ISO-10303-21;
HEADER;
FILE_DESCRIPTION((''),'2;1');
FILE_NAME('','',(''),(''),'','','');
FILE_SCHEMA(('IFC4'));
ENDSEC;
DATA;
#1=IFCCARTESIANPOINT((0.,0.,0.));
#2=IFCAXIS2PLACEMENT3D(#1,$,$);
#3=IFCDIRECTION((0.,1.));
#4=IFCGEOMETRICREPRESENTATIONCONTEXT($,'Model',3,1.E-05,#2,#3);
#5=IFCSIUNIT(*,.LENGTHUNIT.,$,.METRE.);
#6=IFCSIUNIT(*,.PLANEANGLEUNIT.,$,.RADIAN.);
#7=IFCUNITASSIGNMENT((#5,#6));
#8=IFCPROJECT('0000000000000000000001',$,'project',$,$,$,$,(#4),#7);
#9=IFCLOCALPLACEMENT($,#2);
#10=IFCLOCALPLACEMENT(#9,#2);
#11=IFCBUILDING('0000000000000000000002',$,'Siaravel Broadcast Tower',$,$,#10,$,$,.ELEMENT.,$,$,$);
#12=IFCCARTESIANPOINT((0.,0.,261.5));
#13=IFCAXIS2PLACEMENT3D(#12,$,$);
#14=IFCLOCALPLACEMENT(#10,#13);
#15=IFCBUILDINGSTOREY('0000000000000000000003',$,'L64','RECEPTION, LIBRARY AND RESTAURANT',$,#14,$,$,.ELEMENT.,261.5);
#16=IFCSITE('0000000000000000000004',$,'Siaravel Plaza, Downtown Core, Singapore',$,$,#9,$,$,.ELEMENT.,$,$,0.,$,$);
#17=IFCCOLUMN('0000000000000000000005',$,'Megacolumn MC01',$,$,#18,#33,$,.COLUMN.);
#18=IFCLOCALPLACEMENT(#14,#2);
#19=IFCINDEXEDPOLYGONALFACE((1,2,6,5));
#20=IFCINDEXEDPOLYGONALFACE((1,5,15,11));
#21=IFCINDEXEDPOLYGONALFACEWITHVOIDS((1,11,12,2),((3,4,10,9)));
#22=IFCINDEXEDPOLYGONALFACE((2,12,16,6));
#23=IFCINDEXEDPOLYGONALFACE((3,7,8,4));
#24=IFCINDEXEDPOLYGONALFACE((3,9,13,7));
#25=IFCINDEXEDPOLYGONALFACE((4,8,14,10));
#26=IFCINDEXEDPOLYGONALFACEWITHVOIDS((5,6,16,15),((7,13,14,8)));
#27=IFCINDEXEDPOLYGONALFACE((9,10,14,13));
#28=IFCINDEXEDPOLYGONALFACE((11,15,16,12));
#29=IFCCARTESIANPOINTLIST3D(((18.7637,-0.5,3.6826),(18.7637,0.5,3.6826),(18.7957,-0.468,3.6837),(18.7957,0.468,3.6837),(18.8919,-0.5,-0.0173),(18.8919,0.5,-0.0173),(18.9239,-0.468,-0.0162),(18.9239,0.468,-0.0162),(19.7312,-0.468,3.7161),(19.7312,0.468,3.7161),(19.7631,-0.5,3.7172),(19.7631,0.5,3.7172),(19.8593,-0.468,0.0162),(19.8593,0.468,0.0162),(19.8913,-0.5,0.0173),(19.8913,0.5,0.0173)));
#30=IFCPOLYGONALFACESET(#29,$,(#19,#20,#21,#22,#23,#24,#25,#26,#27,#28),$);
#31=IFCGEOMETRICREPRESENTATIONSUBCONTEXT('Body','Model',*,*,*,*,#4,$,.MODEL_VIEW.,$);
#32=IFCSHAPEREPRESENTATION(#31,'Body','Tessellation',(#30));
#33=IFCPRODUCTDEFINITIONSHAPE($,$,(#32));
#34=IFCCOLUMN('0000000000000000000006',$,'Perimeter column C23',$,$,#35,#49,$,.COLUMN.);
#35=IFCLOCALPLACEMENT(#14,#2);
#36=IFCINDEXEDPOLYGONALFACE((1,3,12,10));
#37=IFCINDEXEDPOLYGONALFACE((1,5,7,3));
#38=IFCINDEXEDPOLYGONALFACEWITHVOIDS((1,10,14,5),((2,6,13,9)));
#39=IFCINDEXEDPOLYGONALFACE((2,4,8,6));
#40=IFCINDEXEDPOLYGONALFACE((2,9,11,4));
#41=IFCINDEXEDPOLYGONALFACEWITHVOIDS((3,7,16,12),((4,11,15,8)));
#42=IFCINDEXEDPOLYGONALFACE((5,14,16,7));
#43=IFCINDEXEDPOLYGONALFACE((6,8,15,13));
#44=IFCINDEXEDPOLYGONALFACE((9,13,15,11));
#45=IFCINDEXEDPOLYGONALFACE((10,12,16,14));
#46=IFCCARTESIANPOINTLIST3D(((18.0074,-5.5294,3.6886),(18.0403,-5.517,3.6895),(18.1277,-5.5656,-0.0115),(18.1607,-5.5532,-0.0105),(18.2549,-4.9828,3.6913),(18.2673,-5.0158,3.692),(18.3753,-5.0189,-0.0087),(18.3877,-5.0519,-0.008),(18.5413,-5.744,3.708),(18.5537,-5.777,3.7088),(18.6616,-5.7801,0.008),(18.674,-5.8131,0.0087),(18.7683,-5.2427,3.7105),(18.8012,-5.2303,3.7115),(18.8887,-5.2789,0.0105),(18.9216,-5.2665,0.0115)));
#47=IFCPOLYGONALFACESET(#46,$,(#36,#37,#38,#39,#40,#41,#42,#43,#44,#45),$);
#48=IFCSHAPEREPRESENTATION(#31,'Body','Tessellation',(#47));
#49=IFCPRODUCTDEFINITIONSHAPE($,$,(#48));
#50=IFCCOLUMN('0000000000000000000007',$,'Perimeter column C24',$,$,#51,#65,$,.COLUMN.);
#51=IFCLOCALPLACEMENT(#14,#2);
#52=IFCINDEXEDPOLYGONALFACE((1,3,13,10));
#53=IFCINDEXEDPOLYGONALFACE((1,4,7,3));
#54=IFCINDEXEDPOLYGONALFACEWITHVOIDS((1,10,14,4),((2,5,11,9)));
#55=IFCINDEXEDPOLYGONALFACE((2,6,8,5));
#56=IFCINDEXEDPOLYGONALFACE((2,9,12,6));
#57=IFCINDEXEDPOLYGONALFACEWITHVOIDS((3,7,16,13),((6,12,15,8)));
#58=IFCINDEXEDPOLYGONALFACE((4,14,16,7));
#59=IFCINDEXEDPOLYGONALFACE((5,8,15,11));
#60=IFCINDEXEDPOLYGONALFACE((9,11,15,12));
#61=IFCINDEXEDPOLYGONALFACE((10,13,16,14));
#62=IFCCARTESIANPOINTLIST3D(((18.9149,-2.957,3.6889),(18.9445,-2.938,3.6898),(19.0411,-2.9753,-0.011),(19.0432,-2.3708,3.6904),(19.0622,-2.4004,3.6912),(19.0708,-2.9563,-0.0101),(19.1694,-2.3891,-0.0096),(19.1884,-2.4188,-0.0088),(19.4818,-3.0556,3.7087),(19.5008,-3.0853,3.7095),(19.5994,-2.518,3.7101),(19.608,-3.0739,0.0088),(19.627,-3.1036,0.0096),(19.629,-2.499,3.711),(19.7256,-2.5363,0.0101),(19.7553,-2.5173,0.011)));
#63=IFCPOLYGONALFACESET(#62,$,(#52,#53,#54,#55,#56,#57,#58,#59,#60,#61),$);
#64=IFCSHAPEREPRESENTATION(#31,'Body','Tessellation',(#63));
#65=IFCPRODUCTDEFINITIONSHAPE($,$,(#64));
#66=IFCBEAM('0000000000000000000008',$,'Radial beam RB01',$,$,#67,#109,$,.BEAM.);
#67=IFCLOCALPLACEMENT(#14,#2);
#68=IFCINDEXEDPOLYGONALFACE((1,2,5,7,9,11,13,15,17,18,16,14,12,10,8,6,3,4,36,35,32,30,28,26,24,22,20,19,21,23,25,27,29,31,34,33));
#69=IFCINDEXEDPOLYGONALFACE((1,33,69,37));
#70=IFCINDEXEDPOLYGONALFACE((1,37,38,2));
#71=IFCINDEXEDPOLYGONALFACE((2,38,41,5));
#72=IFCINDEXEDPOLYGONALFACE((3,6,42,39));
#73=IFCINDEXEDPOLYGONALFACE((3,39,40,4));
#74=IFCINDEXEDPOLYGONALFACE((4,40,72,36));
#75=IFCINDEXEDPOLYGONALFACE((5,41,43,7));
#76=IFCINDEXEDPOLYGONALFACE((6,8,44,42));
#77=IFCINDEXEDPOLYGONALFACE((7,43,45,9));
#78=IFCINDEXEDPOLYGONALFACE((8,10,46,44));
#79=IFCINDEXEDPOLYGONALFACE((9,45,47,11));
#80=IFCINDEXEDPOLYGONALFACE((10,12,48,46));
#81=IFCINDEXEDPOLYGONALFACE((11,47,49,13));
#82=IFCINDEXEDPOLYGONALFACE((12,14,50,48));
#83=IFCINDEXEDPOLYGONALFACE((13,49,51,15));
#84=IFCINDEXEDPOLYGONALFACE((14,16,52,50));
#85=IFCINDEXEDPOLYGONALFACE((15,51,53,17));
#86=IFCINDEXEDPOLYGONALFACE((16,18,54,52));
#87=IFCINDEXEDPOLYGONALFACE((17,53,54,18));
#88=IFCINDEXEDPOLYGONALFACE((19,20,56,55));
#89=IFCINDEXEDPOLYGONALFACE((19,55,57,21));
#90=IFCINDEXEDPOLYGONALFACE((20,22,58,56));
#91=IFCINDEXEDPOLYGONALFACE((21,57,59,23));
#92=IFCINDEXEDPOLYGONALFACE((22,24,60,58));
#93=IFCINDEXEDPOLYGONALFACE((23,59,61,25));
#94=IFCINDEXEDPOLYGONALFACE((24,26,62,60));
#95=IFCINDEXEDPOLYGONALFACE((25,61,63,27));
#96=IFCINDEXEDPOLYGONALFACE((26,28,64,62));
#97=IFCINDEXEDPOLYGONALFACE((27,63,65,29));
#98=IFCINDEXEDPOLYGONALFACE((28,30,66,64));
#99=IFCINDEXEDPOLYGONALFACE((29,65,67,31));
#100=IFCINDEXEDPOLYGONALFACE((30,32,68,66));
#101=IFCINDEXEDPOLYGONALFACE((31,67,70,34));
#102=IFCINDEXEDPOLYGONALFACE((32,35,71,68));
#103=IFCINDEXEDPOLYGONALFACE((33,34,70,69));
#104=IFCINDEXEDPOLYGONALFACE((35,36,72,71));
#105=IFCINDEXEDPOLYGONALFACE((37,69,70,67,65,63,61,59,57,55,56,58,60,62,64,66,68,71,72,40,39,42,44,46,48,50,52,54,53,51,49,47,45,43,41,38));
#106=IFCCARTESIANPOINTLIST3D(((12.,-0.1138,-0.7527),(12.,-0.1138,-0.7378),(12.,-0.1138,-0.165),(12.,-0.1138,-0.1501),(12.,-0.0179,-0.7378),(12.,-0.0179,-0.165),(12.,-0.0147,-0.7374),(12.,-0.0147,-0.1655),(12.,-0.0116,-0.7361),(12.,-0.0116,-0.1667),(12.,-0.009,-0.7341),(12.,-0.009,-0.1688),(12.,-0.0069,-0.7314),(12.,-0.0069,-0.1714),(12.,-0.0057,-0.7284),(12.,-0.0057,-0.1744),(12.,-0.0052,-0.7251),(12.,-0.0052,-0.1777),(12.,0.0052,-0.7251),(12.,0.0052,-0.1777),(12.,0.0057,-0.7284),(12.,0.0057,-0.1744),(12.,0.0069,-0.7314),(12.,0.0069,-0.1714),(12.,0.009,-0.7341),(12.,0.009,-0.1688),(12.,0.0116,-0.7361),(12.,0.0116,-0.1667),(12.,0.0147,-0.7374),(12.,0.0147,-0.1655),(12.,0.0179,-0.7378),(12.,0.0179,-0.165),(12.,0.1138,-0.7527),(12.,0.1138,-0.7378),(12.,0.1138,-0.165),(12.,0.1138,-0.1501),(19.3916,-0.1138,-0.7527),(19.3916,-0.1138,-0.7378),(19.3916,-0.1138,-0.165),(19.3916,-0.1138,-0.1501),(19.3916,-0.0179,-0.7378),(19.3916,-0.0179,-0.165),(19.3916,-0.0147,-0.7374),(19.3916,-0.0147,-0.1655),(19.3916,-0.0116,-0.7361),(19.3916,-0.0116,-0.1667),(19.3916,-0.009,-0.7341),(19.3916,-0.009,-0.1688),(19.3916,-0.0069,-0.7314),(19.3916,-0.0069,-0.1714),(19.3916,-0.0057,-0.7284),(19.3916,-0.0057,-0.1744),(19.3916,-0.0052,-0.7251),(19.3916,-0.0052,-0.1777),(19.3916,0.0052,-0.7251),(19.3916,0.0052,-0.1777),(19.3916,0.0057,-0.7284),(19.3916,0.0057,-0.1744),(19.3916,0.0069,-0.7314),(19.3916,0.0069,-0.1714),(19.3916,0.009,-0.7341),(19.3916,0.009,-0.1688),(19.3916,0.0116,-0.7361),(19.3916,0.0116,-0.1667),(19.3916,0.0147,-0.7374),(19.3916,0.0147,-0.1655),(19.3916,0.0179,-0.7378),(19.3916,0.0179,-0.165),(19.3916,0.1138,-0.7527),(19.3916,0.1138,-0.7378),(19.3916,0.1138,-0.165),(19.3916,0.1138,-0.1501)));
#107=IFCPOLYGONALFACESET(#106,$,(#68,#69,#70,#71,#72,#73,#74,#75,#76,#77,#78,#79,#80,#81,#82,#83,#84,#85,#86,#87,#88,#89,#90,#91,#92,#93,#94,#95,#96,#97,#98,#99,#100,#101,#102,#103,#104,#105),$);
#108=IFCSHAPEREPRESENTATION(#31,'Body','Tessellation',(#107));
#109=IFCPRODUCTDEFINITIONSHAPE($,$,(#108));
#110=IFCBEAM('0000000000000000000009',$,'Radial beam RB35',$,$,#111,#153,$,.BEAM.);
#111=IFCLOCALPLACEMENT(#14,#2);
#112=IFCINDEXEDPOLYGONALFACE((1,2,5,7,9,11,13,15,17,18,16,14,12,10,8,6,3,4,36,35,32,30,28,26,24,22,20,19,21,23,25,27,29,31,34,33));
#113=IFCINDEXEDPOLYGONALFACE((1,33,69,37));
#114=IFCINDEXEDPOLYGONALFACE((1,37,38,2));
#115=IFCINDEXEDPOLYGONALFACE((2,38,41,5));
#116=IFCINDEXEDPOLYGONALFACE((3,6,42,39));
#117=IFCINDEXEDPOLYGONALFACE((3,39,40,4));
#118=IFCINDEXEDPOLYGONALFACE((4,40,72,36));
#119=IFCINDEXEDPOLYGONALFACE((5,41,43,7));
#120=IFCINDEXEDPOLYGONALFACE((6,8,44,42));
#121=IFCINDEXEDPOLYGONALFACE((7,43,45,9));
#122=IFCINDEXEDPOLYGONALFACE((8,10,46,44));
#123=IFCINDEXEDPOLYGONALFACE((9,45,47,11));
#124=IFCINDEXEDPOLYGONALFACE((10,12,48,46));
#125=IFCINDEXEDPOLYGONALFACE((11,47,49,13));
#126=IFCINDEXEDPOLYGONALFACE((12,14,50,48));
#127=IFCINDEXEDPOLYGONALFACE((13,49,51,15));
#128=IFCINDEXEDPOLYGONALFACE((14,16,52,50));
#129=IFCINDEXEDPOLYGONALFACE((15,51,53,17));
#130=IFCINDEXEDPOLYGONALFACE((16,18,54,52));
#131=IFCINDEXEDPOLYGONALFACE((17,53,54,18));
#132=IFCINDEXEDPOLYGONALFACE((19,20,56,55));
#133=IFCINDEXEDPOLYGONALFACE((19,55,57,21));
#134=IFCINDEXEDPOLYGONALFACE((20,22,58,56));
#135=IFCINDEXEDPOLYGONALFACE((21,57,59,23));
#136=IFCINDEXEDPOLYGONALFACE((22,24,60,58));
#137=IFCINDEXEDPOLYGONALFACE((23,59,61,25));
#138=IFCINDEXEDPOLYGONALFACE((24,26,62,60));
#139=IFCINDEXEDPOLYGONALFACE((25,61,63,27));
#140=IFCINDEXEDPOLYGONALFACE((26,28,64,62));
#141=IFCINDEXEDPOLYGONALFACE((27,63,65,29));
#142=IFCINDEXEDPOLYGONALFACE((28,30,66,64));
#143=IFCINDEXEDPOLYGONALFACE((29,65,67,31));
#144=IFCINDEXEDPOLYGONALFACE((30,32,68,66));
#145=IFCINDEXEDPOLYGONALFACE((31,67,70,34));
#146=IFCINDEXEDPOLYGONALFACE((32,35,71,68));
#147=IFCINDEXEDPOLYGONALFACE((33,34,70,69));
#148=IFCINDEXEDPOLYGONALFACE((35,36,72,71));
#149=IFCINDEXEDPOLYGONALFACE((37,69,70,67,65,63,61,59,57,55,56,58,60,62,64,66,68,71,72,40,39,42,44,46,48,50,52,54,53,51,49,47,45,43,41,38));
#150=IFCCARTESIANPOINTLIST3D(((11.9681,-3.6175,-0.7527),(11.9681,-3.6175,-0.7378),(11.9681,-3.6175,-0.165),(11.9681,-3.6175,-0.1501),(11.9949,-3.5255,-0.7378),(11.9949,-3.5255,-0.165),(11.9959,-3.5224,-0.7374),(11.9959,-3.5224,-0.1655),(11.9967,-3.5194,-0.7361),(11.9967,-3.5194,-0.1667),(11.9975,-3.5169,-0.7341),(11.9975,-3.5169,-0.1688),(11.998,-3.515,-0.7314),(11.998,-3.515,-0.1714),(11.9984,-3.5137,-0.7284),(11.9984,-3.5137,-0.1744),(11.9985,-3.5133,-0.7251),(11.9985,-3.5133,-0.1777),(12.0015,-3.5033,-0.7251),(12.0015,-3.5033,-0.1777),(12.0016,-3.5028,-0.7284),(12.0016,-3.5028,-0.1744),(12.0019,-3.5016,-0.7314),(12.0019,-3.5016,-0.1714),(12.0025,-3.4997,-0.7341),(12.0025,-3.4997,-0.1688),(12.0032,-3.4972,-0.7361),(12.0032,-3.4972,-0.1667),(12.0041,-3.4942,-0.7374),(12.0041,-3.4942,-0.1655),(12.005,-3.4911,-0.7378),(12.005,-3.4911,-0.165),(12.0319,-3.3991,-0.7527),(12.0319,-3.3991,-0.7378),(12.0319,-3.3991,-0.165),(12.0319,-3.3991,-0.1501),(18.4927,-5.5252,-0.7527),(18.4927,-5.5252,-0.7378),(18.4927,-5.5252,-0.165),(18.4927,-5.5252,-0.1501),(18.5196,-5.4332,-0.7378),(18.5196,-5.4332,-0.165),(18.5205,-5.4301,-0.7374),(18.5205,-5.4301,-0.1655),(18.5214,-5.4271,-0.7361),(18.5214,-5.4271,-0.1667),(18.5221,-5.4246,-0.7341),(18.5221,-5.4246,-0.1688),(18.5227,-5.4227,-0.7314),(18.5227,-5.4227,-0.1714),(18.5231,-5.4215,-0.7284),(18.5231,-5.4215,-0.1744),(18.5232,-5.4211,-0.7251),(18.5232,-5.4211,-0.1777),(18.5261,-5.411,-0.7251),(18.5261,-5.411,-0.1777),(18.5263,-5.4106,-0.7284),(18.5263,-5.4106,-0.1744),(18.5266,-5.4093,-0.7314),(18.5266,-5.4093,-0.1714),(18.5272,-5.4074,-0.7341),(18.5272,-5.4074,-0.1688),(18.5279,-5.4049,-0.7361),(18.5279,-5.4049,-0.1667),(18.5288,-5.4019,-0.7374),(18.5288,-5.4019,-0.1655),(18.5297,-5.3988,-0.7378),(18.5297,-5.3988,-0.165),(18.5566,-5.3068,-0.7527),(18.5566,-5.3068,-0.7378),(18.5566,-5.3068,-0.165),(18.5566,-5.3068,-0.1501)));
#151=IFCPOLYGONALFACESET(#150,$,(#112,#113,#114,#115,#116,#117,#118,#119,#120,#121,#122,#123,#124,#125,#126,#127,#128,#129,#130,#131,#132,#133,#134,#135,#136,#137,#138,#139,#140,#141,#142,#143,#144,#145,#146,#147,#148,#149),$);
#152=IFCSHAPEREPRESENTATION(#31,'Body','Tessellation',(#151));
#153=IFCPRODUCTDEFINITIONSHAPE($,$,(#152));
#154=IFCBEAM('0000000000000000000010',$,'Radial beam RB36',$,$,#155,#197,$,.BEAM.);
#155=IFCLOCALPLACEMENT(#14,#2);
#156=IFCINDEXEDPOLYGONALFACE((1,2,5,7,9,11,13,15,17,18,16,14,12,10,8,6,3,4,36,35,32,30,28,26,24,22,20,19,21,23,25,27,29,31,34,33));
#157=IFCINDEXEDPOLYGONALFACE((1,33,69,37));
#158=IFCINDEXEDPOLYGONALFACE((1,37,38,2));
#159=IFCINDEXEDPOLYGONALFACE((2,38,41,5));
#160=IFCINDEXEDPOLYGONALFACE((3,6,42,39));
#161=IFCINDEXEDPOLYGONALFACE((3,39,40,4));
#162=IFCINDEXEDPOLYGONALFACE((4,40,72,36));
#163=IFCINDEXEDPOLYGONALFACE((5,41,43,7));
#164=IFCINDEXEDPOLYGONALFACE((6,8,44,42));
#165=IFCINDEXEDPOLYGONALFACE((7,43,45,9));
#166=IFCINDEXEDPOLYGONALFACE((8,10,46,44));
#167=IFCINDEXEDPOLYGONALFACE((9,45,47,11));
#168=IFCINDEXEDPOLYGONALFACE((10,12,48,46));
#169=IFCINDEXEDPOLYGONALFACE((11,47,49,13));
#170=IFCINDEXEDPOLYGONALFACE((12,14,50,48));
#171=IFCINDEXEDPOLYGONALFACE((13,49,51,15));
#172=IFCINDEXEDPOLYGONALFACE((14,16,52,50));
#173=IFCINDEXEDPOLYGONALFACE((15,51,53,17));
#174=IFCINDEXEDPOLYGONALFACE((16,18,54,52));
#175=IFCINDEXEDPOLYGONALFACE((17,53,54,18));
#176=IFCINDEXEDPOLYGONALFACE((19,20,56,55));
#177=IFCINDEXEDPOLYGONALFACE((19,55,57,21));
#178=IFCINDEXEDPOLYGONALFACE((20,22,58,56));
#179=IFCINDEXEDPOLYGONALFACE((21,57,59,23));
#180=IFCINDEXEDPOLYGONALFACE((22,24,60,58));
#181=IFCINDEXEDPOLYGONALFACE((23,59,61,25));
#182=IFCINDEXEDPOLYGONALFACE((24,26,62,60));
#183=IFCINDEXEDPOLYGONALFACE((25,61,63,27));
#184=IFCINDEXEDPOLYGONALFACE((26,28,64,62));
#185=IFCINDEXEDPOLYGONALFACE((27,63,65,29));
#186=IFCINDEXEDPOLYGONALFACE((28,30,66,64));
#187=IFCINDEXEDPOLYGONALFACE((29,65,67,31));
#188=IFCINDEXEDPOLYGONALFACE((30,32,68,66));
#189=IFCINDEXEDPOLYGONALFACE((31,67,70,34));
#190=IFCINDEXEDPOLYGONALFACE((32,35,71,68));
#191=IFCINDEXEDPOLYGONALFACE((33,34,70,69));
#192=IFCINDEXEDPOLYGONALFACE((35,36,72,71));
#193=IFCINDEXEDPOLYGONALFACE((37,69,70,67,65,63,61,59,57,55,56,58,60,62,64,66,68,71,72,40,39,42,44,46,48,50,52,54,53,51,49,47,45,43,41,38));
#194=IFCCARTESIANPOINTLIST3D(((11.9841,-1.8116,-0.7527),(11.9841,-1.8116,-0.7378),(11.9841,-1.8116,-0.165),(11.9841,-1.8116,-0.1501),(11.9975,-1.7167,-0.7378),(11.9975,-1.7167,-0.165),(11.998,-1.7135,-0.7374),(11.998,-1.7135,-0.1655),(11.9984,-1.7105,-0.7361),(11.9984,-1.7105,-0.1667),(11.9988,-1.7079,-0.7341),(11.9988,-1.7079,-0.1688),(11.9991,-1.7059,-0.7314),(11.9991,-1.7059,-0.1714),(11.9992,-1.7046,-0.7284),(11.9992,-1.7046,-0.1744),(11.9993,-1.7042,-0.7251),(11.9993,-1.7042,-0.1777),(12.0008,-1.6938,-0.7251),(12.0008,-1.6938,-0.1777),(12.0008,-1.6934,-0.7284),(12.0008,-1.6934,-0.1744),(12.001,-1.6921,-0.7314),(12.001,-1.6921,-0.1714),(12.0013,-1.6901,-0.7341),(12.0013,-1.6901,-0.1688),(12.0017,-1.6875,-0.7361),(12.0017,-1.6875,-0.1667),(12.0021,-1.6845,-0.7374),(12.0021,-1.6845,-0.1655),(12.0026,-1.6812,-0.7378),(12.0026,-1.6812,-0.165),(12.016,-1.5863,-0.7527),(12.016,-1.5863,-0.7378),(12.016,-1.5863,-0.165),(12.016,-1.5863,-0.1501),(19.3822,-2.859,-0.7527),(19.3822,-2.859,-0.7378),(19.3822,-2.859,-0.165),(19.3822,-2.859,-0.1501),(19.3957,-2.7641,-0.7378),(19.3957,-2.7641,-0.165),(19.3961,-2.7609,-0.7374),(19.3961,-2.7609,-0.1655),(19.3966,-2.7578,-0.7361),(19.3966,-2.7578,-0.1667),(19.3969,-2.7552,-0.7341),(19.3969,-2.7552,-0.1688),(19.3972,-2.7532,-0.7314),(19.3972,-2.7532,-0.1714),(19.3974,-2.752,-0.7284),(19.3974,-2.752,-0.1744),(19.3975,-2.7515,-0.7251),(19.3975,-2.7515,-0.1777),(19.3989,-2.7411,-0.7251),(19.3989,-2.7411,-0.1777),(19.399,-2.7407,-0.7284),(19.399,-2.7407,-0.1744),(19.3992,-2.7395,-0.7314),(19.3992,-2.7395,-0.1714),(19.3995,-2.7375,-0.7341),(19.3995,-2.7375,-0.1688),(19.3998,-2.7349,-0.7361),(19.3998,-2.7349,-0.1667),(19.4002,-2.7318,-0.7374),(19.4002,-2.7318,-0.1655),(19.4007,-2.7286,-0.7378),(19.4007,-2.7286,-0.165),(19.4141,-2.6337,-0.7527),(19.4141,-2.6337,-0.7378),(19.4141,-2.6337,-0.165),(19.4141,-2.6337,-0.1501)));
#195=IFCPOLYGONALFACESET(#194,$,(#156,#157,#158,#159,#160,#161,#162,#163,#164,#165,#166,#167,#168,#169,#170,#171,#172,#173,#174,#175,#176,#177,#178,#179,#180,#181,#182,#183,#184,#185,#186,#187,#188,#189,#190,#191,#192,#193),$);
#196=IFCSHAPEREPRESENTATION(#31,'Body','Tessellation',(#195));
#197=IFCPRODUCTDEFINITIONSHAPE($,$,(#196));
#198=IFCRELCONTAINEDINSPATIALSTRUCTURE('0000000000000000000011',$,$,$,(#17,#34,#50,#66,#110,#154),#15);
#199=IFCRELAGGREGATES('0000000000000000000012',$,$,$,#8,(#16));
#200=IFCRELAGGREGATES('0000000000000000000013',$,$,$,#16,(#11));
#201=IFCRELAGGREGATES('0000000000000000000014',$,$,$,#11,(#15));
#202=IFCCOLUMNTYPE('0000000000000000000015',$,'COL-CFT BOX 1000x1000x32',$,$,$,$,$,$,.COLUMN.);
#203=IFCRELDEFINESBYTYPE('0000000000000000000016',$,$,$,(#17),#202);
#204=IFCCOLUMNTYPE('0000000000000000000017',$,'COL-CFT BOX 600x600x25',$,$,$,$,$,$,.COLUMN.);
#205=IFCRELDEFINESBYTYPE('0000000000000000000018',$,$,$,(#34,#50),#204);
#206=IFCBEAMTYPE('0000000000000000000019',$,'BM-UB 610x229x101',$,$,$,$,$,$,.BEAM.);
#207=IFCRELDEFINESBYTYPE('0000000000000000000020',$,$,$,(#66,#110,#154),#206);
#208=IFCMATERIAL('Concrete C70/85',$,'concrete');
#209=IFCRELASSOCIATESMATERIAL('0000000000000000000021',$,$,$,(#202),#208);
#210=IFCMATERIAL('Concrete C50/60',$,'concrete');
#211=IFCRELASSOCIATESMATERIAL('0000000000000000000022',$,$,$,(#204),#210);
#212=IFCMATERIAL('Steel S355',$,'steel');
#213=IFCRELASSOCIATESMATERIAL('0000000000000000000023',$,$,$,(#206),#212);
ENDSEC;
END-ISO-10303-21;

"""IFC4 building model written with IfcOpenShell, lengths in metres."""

from ifc_helpers import new_model, si_unit, direction, frame, origin, origin_2d, place, context, subcontext, project, spatial, hollow_rectangle, i_section, extrude, material, material_profile, profile_set, type_object, element, save


model = new_model("IFC4")

# Units and contexts
model_context = context("Model", 3, precision=1e-05, world=origin(), true_north=direction((0.0, 1.0)))
body_context = subcontext(model_context, "Body", "Model", "MODEL_VIEW")
ifc_project = project(units=[si_unit("LENGTHUNIT", "METRE"), si_unit("PLANEANGLEUNIT", "RADIAN")], contexts=[model_context])

# Site, building, storey
site_placement = place(None, origin())
site = spatial("IfcSite", under=ifc_project, at=site_placement, Name="Siaravel Plaza, Downtown Core, Singapore", CompositionType="ELEMENT", RefElevation=0.0)
building_placement = place(site_placement, origin())
building = spatial("IfcBuilding", under=site, at=building_placement, Name="Siaravel Broadcast Tower", CompositionType="ELEMENT")
storey_placement = place(building_placement, frame((0.0, 0.0, 261.5)))
storey = spatial("IfcBuildingStorey", under=building, at=storey_placement, Name="L64", Description="RECEPTION, LIBRARY AND RESTAURANT", CompositionType="ELEMENT", Elevation=261.5)

# Columns
ifc_material_1 = material(Name="Concrete C70/85", Category="concrete")
ifc_material_profile_1 = material_profile(ifc_material_1, hollow_rectangle(XDim=1.0, YDim=1.0, WallThickness=0.032, at=origin_2d()))
ifc_profile_set_1 = profile_set([ifc_material_profile_1], Name="Concrete C70/85")
column_type_1 = type_object("IfcColumnType", Name="COL-CFT BOX 1000x1000x32", PredefinedType="COLUMN", material=ifc_profile_set_1)
column_placement = place(storey_placement, frame((19.3916, 0.0, 0.0), z_axis=(-0.034621, 0.0, 0.999401), x_axis=(0.0, -1.0, 0.0)))
element("IfcColumn", 1, at=column_placement, inside=storey, type_object=column_type_1, Name="Megacolumn MC01", PredefinedType="COLUMN", context=body_context, shape_type="SweptSolid", body=[
    extrude(hollow_rectangle(XDim=1.0, YDim=1.0, WallThickness=0.032, at=origin_2d()), origin(), (0.0, 0.0, 1.0), 3.7021),
])
ifc_material_2 = material(Name="Concrete C50/60", Category="concrete")
ifc_material_profile_2 = material_profile(ifc_material_2, hollow_rectangle(XDim=0.6001, YDim=0.6001, WallThickness=0.0249, at=origin_2d()))
ifc_profile_set_2 = profile_set([ifc_material_profile_2], Name="Concrete C50/60")
column_type_2 = type_object("IfcColumnType", Name="COL-CFT BOX 600x600x25", PredefinedType="COLUMN", material=ifc_profile_set_2)
for number, where, z_axis, x_axis, name in (
    (2, (18.5247, -5.416, 0.0), (-0.032512, 0.00976, 0.999424), (-0.412568, -0.910915, -0.004525), "Perimeter column C23"),
    (3, (19.3982, -2.7463, 0.0), (-0.034094, 0.004946, 0.999406), (-0.213742, -0.976887, -0.002457), "Perimeter column C24"),
):
    element("IfcColumn", number, at=place(storey_placement, frame(where, z_axis=z_axis, x_axis=x_axis)), inside=storey, type_object=column_type_2, Name=name, PredefinedType="COLUMN", context=body_context, shape_type="SweptSolid", body=[
        extrude(hollow_rectangle(XDim=0.6001, YDim=0.6001, WallThickness=0.0249, at=origin_2d()), origin(), (0.0, 0.0, 1.0), 3.7021),
    ])

# Beams
ifc_material_3 = material(Name="Steel S355", Category="steel")
ifc_material_profile_3 = material_profile(ifc_material_3, i_section(OverallWidth=0.2275, OverallDepth=0.6025, WebThickness=0.0105, FlangeThickness=0.0149, FilletRadius=0.0127, at=origin_2d()))
ifc_profile_set_3 = profile_set([ifc_material_profile_3], Name="Steel S355")
beam_type = type_object("IfcBeamType", Name="BM-UB 610x229x101", PredefinedType="BEAM", material=ifc_profile_set_3)
beam_1_placement = place(storey_placement, frame((19.3916, 0.0, -0.4514), z_axis=(-1.0, 0.0, 0.0), x_axis=(0.0, -1.0, 0.0)))
element("IfcBeam", 4, at=beam_1_placement, inside=storey, type_object=beam_type, Name="Radial beam RB01", PredefinedType="BEAM", context=body_context, shape_type="SweptSolid", body=[
    extrude(i_section(OverallWidth=0.2275, OverallDepth=0.6025, WebThickness=0.0105, FlangeThickness=0.0149, FilletRadius=0.0127, at=origin_2d()), origin(), (0.0, 0.0, 1.0), 7.3916),
])
beam_2_placement = place(storey_placement, frame((18.5247, -5.416, -0.4514), z_axis=(-0.959814, 0.280636, 0.0), x_axis=(-0.280636, -0.959814, 0.0)))
element("IfcBeam", 5, at=beam_2_placement, inside=storey, type_object=beam_type, Name="Radial beam RB35", PredefinedType="BEAM", context=body_context, shape_type="SweptSolid", body=[
    extrude(i_section(OverallWidth=0.2275, OverallDepth=0.6025, WebThickness=0.0105, FlangeThickness=0.0149, FilletRadius=0.0127, at=origin_2d()), origin(), (0.0, 0.0, 1.0), 6.7979),
])
beam_3_placement = place(storey_placement, frame((19.3982, -2.7463, -0.4514), z_axis=(-0.990127, 0.140172, 0.0), x_axis=(-0.140172, -0.990127, 0.0)))
element("IfcBeam", 6, at=beam_3_placement, inside=storey, type_object=beam_type, Name="Radial beam RB36", PredefinedType="BEAM", context=body_context, shape_type="SweptSolid", body=[
    extrude(i_section(OverallWidth=0.2275, OverallDepth=0.6025, WebThickness=0.0105, FlangeThickness=0.0149, FilletRadius=0.0127, at=origin_2d()), origin(), (0.0, 0.0, 1.0), 7.4719),
])

save(model, "model.ifc")
